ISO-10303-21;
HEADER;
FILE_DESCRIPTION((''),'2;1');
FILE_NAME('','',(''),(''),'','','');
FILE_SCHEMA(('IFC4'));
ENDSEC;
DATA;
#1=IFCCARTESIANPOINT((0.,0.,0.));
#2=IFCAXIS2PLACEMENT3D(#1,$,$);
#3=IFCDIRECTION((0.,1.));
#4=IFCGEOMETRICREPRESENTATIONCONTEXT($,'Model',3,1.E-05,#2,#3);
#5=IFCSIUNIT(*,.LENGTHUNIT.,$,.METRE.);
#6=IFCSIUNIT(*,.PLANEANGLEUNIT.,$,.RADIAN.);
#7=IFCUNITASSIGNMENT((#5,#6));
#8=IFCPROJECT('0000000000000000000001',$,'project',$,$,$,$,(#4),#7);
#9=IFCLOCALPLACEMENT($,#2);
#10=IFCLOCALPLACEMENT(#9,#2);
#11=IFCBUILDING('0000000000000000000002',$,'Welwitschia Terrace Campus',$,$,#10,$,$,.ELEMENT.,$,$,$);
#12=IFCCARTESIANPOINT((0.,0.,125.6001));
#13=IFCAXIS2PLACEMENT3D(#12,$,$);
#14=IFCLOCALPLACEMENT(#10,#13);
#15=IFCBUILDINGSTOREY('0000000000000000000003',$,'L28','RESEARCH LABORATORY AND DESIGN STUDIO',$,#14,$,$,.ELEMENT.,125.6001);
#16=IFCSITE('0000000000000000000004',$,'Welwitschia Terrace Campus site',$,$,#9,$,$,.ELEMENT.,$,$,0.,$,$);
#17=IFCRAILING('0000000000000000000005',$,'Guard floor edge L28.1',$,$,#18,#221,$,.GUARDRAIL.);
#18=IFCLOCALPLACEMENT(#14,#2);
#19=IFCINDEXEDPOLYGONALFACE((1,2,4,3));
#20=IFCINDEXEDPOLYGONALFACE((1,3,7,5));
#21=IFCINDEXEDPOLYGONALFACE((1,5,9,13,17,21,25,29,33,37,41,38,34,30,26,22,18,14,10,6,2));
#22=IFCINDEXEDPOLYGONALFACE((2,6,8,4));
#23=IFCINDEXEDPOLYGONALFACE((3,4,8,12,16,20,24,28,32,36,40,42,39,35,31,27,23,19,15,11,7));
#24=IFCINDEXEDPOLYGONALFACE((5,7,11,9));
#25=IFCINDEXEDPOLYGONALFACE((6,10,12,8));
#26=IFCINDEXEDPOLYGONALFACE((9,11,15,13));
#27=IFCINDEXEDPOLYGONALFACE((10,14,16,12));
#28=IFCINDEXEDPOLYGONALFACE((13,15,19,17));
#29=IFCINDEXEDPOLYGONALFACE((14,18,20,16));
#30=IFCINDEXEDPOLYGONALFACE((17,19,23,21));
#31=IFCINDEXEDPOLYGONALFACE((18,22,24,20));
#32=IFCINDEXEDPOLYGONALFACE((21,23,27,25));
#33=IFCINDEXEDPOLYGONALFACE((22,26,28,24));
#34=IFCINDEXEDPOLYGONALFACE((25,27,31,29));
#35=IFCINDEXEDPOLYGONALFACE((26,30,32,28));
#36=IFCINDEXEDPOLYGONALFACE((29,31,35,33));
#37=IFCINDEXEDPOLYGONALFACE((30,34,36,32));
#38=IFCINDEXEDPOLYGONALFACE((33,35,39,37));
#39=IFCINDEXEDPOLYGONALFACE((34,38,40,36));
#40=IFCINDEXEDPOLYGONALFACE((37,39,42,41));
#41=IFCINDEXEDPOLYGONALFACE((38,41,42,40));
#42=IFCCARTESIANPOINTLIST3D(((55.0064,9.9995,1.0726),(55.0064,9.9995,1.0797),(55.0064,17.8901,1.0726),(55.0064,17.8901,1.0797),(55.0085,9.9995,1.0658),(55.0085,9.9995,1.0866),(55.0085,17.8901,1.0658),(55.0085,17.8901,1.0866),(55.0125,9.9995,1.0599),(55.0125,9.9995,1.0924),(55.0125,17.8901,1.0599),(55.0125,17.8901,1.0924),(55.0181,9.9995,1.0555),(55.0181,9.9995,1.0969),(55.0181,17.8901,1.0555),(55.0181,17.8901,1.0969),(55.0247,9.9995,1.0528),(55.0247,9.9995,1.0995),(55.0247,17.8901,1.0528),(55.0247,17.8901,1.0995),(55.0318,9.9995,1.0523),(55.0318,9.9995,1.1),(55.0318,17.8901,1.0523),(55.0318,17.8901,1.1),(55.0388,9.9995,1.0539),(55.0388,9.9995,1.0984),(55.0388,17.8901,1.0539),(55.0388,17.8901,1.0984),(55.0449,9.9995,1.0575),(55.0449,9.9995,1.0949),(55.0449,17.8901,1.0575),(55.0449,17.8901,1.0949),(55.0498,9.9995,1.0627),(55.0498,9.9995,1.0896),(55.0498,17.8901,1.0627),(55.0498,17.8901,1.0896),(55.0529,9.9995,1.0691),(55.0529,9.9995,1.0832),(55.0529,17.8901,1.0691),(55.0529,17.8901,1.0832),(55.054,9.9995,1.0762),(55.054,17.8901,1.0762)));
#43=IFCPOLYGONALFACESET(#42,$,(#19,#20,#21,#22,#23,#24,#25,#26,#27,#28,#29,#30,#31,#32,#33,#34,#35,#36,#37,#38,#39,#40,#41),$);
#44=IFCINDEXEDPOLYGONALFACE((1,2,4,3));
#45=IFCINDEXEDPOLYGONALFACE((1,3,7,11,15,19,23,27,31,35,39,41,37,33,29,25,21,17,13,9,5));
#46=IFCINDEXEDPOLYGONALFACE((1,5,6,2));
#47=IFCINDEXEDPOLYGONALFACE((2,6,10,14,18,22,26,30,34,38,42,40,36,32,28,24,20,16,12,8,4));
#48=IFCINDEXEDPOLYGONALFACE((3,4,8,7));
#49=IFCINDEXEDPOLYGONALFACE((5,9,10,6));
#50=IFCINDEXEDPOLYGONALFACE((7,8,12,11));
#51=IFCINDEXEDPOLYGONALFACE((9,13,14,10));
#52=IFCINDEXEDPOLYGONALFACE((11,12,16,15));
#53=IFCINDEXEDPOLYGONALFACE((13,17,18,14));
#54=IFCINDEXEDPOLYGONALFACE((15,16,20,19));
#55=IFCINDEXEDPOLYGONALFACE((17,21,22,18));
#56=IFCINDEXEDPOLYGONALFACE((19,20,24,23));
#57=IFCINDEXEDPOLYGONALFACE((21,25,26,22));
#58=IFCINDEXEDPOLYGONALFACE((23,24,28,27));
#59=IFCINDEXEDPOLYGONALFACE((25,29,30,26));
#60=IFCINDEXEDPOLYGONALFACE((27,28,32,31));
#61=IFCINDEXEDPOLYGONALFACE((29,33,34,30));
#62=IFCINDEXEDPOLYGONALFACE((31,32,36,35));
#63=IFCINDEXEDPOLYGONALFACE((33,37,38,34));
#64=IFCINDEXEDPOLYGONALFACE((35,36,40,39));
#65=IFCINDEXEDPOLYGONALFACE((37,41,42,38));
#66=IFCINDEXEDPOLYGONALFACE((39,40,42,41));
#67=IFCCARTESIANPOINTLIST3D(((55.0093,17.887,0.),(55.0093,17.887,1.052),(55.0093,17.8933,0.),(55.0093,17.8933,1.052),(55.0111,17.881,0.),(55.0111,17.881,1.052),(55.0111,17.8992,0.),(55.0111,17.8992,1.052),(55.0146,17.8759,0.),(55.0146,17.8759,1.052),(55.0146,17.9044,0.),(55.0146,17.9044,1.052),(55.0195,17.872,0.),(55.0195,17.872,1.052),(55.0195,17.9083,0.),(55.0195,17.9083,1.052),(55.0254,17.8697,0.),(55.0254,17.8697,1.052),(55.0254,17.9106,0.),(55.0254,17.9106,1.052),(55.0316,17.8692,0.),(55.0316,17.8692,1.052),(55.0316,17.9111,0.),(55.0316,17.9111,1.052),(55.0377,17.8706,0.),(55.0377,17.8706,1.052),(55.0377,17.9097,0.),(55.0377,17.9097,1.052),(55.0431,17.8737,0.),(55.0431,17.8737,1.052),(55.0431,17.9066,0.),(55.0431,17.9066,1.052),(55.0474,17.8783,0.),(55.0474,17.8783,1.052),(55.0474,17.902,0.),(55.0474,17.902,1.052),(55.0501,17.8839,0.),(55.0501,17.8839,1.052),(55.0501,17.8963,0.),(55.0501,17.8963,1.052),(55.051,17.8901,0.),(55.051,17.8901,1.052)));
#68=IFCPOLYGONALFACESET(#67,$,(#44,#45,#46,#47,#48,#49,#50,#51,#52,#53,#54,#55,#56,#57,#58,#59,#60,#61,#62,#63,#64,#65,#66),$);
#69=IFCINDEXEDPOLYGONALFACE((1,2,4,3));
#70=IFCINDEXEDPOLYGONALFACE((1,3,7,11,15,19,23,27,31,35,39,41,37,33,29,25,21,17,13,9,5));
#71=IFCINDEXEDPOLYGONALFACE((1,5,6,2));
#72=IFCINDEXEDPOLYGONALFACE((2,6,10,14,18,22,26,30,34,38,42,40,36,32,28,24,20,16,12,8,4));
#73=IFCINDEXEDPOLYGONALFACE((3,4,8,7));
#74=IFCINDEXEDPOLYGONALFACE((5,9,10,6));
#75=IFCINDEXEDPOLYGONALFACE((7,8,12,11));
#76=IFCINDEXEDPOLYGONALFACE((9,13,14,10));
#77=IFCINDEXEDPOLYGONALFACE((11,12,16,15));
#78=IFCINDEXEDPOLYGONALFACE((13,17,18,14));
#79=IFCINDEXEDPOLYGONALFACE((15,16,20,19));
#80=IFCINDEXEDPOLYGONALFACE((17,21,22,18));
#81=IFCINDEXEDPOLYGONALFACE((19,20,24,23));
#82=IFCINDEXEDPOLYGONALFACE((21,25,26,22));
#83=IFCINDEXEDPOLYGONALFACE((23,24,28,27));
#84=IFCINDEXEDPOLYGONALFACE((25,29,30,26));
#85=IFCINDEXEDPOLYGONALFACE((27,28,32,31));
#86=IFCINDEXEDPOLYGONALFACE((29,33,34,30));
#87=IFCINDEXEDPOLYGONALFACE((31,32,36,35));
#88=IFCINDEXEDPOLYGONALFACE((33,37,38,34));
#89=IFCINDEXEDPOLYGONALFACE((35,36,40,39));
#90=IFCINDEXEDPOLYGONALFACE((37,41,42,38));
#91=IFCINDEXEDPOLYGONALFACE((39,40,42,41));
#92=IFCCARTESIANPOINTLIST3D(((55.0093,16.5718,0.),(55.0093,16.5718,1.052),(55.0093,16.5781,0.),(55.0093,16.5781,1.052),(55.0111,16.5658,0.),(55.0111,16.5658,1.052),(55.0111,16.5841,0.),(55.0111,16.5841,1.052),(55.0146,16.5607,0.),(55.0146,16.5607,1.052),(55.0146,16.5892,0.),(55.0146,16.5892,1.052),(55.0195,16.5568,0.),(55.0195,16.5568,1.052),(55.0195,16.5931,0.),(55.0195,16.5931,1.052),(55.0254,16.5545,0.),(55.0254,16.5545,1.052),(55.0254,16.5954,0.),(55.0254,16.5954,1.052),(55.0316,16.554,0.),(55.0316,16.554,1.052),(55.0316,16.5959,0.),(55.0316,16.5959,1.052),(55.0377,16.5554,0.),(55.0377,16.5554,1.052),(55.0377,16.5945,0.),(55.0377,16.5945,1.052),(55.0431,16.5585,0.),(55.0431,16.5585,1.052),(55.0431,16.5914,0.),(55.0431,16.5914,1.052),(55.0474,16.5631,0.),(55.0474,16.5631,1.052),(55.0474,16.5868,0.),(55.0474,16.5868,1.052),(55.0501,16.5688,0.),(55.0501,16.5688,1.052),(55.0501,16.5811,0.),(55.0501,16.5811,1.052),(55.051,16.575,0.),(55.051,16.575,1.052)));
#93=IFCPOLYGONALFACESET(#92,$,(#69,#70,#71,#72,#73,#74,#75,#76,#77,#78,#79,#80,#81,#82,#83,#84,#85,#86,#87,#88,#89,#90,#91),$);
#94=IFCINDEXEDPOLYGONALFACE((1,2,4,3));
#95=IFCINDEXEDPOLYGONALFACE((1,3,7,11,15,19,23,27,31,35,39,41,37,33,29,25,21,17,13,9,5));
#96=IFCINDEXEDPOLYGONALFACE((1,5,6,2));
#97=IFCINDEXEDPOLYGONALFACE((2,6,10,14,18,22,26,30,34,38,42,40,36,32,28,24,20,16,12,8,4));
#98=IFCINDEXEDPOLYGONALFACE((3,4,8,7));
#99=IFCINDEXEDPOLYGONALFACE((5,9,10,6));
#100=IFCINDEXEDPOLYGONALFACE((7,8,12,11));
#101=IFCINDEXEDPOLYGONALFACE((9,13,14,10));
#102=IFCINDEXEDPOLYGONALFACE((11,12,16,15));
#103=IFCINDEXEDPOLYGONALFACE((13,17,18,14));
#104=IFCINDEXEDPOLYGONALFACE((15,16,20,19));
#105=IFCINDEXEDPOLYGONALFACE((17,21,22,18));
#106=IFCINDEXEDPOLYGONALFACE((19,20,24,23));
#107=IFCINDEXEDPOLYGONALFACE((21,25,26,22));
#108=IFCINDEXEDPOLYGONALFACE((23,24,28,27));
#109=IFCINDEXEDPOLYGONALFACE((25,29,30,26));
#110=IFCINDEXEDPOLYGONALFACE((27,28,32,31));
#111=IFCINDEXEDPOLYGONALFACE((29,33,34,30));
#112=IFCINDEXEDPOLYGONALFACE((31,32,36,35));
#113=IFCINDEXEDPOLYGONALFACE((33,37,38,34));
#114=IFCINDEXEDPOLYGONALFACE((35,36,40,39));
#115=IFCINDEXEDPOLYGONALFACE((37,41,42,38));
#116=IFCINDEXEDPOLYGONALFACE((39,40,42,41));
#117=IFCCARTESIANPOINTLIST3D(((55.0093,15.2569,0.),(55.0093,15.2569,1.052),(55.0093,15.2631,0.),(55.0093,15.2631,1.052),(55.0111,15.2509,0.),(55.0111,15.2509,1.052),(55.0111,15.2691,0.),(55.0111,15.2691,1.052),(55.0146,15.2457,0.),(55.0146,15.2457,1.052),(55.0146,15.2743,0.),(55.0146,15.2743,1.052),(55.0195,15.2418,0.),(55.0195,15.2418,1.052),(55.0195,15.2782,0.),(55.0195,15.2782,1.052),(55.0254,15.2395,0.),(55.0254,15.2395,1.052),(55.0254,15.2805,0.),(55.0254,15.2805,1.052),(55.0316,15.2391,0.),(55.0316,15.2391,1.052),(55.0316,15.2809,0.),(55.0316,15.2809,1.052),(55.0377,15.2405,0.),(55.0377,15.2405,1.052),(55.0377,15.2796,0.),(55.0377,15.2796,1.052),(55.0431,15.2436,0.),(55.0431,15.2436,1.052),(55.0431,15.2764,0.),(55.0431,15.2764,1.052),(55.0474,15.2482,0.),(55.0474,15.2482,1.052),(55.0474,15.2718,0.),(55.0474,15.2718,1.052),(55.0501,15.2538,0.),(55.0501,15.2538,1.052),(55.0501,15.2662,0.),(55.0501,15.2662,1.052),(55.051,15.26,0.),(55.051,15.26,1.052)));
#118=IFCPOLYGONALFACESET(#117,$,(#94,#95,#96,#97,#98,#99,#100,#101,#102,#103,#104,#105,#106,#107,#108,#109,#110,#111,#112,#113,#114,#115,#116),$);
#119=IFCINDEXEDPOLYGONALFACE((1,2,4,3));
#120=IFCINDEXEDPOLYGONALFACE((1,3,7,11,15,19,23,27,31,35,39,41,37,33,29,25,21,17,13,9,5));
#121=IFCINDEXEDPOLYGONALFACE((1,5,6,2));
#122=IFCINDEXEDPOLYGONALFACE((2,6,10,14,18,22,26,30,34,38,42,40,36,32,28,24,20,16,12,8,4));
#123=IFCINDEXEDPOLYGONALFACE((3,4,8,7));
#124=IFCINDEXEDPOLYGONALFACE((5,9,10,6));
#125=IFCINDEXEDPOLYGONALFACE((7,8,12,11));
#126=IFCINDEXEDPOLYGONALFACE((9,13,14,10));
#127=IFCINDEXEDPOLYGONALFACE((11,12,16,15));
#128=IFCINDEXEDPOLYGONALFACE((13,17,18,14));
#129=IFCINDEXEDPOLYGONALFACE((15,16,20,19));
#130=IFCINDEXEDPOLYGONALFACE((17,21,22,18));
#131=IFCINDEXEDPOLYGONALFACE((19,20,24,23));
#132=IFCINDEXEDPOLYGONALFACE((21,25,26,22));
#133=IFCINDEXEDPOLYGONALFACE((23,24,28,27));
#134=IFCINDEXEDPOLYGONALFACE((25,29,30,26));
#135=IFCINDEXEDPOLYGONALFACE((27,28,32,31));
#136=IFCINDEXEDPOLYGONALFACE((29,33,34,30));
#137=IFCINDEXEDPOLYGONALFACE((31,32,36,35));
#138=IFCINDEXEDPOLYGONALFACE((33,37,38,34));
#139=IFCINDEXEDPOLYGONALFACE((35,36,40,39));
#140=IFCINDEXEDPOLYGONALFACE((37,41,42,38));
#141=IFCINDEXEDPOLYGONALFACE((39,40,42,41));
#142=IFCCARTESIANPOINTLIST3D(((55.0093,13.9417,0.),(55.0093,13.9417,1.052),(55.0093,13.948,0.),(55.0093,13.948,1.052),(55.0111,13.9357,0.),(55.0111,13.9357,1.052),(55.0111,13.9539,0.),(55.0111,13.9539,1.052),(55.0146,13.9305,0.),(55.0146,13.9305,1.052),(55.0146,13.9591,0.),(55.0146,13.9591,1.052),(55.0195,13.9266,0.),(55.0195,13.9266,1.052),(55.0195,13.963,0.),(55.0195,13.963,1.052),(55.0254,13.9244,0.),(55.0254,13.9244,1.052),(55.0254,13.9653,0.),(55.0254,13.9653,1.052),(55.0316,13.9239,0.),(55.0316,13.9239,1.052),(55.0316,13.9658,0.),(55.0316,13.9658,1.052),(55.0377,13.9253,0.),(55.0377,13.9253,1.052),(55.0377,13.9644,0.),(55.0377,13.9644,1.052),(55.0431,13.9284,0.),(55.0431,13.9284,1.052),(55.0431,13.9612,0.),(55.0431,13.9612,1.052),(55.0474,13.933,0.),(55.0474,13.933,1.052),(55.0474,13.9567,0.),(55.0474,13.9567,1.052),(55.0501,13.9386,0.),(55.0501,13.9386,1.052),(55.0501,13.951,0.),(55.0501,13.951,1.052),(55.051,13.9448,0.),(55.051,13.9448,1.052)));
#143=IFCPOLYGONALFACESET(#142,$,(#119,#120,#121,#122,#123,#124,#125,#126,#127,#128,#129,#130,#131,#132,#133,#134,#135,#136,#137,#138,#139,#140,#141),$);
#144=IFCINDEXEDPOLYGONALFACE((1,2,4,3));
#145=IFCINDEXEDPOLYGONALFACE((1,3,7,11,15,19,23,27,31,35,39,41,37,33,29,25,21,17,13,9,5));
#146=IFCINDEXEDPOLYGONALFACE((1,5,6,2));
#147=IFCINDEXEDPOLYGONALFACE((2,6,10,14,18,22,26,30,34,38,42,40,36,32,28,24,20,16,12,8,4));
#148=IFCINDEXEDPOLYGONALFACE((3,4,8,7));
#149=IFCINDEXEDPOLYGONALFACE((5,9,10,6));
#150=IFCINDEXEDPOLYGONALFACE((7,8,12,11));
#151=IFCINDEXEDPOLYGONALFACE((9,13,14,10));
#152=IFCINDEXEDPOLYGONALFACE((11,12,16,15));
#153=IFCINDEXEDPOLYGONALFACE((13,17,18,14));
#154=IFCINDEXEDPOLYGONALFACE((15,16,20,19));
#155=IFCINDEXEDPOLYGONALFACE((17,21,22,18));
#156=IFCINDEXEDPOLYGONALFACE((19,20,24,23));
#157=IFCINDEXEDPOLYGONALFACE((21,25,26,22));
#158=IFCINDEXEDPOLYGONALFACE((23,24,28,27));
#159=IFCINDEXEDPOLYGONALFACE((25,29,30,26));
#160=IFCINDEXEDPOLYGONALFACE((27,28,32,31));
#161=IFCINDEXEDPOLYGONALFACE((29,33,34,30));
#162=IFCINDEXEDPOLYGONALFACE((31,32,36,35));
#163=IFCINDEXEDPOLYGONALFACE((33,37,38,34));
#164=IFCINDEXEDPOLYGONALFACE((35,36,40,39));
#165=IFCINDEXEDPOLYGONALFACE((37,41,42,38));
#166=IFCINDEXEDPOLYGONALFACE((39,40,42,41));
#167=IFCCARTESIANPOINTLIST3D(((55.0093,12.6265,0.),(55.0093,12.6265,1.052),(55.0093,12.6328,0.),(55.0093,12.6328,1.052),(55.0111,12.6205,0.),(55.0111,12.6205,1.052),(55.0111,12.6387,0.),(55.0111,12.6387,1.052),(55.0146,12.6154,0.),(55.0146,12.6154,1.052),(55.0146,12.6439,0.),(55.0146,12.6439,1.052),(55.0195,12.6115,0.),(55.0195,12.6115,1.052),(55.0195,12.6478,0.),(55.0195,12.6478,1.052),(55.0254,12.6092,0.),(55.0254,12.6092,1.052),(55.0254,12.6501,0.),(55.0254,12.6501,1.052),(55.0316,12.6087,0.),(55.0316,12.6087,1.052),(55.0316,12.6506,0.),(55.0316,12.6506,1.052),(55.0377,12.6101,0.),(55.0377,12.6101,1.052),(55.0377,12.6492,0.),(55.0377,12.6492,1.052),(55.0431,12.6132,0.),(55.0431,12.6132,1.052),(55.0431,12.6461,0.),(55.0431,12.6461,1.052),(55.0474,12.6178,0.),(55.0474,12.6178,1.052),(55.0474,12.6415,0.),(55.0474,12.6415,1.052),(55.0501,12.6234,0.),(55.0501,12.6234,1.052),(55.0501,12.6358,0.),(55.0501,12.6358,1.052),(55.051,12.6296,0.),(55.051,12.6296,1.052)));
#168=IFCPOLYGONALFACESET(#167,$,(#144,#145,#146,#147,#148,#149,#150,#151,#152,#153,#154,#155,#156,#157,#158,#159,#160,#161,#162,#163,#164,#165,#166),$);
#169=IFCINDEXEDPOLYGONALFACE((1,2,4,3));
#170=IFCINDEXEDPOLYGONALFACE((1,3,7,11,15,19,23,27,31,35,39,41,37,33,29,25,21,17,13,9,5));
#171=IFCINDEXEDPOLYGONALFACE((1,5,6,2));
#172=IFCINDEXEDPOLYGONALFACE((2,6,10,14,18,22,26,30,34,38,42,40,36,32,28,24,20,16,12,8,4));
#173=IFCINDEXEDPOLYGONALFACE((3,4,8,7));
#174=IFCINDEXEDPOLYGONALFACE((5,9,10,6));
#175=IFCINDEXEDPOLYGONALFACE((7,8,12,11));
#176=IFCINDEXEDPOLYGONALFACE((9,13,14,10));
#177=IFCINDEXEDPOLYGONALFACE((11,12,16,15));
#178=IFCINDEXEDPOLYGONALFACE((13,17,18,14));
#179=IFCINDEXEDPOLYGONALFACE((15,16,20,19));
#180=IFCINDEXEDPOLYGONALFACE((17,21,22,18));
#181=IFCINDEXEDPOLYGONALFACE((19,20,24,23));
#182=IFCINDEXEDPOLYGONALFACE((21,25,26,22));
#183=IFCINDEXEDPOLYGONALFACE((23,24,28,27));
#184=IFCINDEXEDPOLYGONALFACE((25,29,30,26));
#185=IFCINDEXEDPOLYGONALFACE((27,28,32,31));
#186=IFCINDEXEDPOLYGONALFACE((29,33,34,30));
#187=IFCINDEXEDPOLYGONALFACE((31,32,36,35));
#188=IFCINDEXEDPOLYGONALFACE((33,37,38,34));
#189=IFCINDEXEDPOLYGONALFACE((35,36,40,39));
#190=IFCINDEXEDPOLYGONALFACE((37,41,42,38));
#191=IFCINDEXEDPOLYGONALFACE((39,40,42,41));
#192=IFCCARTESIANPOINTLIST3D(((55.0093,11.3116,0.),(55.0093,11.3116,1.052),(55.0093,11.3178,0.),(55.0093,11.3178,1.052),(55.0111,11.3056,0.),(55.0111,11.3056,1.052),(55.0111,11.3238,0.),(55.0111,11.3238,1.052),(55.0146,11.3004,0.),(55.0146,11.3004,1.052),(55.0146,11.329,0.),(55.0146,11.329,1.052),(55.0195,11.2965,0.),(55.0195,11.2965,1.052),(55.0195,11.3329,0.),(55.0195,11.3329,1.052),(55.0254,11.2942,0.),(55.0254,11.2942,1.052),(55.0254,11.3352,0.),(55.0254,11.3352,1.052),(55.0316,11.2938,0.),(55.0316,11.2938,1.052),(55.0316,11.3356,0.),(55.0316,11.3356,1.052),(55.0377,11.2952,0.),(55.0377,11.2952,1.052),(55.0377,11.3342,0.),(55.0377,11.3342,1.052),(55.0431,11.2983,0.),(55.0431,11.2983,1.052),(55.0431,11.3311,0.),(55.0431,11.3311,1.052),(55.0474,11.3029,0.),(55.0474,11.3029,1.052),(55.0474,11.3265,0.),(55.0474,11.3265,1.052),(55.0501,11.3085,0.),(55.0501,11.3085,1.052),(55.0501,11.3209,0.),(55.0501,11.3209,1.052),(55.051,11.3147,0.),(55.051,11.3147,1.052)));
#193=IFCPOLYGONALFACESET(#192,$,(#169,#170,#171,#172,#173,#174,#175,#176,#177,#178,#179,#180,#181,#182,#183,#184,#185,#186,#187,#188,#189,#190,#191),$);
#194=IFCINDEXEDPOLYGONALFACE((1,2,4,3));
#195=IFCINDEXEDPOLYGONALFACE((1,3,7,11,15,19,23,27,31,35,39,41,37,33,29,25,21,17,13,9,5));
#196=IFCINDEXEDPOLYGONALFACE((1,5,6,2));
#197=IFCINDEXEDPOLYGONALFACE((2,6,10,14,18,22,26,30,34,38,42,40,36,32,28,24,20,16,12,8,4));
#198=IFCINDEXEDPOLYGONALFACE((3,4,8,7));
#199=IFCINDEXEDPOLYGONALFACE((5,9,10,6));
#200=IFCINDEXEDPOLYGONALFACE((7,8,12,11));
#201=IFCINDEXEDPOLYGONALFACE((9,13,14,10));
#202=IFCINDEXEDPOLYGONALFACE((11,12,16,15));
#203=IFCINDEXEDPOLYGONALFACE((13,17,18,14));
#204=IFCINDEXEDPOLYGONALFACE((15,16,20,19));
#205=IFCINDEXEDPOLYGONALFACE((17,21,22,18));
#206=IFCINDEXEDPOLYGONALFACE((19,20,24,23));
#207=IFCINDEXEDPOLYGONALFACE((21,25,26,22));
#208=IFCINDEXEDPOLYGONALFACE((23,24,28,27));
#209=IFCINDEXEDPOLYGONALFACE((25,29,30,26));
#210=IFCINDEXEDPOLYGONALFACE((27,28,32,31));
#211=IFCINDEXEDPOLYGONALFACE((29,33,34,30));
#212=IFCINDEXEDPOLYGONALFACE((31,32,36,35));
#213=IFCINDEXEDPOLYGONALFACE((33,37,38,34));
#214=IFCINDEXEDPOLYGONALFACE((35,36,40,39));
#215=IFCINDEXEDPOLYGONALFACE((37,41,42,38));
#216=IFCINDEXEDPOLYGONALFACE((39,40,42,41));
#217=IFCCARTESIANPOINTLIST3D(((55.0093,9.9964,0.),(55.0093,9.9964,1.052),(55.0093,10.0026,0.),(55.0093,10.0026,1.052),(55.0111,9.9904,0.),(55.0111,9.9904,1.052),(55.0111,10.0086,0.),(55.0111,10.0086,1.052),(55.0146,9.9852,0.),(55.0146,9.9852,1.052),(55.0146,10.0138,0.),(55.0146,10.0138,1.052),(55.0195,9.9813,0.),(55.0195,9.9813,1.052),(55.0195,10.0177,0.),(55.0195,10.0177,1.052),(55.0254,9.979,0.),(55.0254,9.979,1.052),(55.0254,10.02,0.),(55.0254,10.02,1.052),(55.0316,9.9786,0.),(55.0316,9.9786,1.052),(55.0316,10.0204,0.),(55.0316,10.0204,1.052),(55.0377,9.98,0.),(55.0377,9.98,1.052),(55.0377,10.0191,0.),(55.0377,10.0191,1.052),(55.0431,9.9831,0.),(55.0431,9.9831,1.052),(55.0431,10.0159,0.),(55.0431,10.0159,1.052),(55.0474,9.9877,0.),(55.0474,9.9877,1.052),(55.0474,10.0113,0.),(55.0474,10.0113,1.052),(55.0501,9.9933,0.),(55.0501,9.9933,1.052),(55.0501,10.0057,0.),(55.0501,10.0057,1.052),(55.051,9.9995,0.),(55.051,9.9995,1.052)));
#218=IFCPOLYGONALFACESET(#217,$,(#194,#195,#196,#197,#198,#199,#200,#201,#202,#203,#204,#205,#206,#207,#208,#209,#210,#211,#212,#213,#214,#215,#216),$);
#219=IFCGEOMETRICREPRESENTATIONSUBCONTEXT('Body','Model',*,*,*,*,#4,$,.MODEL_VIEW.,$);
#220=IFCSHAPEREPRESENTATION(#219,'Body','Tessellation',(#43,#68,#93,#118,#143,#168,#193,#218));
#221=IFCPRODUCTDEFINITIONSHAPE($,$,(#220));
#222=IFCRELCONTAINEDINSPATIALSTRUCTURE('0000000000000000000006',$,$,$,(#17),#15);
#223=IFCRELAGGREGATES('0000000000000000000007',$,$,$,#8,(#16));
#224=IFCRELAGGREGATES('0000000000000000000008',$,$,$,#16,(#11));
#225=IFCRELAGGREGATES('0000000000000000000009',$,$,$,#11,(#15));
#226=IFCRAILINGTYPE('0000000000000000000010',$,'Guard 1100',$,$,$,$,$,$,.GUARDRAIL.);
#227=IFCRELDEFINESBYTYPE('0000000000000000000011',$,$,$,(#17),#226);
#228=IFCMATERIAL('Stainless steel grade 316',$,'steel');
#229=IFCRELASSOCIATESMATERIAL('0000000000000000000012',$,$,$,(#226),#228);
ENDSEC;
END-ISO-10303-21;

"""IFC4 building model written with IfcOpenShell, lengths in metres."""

from ifc_helpers import new_model, si_unit, direction, frame, origin, origin_2d, place, context, subcontext, project, spatial, circle, extrude, material, type_object, element, save


model = new_model("IFC4")

# Units and contexts
model_context = context("Model", 3, precision=1e-05, world=origin(), true_north=direction((0.0, 1.0)))
body_context = subcontext(model_context, "Body", "Model", "MODEL_VIEW")
ifc_project = project(units=[si_unit("LENGTHUNIT", "METRE"), si_unit("PLANEANGLEUNIT", "RADIAN")], contexts=[model_context])

# Site, building, storey
site_placement = place(None, origin())
site = spatial("IfcSite", under=ifc_project, at=site_placement, Name="Welwitschia Terrace Campus site", CompositionType="ELEMENT", RefElevation=0.0)
building_placement = place(site_placement, origin())
building = spatial("IfcBuilding", under=site, at=building_placement, Name="Welwitschia Terrace Campus", CompositionType="ELEMENT")
storey_placement = place(building_placement, frame((0.0, 0.0, 125.6001)))
storey = spatial("IfcBuildingStorey", under=building, at=storey_placement, Name="L28", Description="RESEARCH LABORATORY AND DESIGN STUDIO", CompositionType="ELEMENT", Elevation=125.6001)

# Railing
ifc_material_1 = material(Name="Stainless steel grade 316", Category="steel")
railing_type = type_object("IfcRailingType", Name="Guard 1100", PredefinedType="GUARDRAIL", material=ifc_material_1)
railing_1_placement = place(storey_placement, frame((55.03, 17.8901, 0.0)))
element("IfcRailing", 1, at=railing_1_placement, inside=storey, type_object=railing_type, Name="Guard floor edge L28.1", PredefinedType="GUARDRAIL", context=body_context, shape_type="SweptSolid", body=[
    extrude(circle(Radius=0.0239, at=origin_2d()), frame((0.0, 0.0, 1.0762), z_axis=(0.0, -1.0, 0.0), x_axis=(1.0, 0.0, 0.0)), (0.0, 0.0, 1.0), 7.8906),
    extrude(circle(Radius=0.021, at=origin_2d()), origin(), (0.0, 0.0, 1.0), 1.052),
    extrude(circle(Radius=0.021, at=origin_2d()), frame((0.0, -1.3152, 0.0)), (0.0, 0.0, 1.0), 1.052),
    extrude(circle(Radius=0.021, at=origin_2d()), frame((0.0, -2.6301, 0.0)), (0.0, 0.0, 1.0), 1.052),
    extrude(circle(Radius=0.021, at=origin_2d()), frame((0.0, -3.9453, 0.0)), (0.0, 0.0, 1.0), 1.052),
    extrude(circle(Radius=0.021, at=origin_2d()), frame((0.0, -5.2605, 0.0)), (0.0, 0.0, 1.0), 1.052),
    extrude(circle(Radius=0.021, at=origin_2d()), frame((0.0, -6.5754, 0.0)), (0.0, 0.0, 1.0), 1.052),
    extrude(circle(Radius=0.021, at=origin_2d()), frame((0.0, -7.8906, 0.0)), (0.0, 0.0, 1.0), 1.052),
])

save(model, "model.ifc")
